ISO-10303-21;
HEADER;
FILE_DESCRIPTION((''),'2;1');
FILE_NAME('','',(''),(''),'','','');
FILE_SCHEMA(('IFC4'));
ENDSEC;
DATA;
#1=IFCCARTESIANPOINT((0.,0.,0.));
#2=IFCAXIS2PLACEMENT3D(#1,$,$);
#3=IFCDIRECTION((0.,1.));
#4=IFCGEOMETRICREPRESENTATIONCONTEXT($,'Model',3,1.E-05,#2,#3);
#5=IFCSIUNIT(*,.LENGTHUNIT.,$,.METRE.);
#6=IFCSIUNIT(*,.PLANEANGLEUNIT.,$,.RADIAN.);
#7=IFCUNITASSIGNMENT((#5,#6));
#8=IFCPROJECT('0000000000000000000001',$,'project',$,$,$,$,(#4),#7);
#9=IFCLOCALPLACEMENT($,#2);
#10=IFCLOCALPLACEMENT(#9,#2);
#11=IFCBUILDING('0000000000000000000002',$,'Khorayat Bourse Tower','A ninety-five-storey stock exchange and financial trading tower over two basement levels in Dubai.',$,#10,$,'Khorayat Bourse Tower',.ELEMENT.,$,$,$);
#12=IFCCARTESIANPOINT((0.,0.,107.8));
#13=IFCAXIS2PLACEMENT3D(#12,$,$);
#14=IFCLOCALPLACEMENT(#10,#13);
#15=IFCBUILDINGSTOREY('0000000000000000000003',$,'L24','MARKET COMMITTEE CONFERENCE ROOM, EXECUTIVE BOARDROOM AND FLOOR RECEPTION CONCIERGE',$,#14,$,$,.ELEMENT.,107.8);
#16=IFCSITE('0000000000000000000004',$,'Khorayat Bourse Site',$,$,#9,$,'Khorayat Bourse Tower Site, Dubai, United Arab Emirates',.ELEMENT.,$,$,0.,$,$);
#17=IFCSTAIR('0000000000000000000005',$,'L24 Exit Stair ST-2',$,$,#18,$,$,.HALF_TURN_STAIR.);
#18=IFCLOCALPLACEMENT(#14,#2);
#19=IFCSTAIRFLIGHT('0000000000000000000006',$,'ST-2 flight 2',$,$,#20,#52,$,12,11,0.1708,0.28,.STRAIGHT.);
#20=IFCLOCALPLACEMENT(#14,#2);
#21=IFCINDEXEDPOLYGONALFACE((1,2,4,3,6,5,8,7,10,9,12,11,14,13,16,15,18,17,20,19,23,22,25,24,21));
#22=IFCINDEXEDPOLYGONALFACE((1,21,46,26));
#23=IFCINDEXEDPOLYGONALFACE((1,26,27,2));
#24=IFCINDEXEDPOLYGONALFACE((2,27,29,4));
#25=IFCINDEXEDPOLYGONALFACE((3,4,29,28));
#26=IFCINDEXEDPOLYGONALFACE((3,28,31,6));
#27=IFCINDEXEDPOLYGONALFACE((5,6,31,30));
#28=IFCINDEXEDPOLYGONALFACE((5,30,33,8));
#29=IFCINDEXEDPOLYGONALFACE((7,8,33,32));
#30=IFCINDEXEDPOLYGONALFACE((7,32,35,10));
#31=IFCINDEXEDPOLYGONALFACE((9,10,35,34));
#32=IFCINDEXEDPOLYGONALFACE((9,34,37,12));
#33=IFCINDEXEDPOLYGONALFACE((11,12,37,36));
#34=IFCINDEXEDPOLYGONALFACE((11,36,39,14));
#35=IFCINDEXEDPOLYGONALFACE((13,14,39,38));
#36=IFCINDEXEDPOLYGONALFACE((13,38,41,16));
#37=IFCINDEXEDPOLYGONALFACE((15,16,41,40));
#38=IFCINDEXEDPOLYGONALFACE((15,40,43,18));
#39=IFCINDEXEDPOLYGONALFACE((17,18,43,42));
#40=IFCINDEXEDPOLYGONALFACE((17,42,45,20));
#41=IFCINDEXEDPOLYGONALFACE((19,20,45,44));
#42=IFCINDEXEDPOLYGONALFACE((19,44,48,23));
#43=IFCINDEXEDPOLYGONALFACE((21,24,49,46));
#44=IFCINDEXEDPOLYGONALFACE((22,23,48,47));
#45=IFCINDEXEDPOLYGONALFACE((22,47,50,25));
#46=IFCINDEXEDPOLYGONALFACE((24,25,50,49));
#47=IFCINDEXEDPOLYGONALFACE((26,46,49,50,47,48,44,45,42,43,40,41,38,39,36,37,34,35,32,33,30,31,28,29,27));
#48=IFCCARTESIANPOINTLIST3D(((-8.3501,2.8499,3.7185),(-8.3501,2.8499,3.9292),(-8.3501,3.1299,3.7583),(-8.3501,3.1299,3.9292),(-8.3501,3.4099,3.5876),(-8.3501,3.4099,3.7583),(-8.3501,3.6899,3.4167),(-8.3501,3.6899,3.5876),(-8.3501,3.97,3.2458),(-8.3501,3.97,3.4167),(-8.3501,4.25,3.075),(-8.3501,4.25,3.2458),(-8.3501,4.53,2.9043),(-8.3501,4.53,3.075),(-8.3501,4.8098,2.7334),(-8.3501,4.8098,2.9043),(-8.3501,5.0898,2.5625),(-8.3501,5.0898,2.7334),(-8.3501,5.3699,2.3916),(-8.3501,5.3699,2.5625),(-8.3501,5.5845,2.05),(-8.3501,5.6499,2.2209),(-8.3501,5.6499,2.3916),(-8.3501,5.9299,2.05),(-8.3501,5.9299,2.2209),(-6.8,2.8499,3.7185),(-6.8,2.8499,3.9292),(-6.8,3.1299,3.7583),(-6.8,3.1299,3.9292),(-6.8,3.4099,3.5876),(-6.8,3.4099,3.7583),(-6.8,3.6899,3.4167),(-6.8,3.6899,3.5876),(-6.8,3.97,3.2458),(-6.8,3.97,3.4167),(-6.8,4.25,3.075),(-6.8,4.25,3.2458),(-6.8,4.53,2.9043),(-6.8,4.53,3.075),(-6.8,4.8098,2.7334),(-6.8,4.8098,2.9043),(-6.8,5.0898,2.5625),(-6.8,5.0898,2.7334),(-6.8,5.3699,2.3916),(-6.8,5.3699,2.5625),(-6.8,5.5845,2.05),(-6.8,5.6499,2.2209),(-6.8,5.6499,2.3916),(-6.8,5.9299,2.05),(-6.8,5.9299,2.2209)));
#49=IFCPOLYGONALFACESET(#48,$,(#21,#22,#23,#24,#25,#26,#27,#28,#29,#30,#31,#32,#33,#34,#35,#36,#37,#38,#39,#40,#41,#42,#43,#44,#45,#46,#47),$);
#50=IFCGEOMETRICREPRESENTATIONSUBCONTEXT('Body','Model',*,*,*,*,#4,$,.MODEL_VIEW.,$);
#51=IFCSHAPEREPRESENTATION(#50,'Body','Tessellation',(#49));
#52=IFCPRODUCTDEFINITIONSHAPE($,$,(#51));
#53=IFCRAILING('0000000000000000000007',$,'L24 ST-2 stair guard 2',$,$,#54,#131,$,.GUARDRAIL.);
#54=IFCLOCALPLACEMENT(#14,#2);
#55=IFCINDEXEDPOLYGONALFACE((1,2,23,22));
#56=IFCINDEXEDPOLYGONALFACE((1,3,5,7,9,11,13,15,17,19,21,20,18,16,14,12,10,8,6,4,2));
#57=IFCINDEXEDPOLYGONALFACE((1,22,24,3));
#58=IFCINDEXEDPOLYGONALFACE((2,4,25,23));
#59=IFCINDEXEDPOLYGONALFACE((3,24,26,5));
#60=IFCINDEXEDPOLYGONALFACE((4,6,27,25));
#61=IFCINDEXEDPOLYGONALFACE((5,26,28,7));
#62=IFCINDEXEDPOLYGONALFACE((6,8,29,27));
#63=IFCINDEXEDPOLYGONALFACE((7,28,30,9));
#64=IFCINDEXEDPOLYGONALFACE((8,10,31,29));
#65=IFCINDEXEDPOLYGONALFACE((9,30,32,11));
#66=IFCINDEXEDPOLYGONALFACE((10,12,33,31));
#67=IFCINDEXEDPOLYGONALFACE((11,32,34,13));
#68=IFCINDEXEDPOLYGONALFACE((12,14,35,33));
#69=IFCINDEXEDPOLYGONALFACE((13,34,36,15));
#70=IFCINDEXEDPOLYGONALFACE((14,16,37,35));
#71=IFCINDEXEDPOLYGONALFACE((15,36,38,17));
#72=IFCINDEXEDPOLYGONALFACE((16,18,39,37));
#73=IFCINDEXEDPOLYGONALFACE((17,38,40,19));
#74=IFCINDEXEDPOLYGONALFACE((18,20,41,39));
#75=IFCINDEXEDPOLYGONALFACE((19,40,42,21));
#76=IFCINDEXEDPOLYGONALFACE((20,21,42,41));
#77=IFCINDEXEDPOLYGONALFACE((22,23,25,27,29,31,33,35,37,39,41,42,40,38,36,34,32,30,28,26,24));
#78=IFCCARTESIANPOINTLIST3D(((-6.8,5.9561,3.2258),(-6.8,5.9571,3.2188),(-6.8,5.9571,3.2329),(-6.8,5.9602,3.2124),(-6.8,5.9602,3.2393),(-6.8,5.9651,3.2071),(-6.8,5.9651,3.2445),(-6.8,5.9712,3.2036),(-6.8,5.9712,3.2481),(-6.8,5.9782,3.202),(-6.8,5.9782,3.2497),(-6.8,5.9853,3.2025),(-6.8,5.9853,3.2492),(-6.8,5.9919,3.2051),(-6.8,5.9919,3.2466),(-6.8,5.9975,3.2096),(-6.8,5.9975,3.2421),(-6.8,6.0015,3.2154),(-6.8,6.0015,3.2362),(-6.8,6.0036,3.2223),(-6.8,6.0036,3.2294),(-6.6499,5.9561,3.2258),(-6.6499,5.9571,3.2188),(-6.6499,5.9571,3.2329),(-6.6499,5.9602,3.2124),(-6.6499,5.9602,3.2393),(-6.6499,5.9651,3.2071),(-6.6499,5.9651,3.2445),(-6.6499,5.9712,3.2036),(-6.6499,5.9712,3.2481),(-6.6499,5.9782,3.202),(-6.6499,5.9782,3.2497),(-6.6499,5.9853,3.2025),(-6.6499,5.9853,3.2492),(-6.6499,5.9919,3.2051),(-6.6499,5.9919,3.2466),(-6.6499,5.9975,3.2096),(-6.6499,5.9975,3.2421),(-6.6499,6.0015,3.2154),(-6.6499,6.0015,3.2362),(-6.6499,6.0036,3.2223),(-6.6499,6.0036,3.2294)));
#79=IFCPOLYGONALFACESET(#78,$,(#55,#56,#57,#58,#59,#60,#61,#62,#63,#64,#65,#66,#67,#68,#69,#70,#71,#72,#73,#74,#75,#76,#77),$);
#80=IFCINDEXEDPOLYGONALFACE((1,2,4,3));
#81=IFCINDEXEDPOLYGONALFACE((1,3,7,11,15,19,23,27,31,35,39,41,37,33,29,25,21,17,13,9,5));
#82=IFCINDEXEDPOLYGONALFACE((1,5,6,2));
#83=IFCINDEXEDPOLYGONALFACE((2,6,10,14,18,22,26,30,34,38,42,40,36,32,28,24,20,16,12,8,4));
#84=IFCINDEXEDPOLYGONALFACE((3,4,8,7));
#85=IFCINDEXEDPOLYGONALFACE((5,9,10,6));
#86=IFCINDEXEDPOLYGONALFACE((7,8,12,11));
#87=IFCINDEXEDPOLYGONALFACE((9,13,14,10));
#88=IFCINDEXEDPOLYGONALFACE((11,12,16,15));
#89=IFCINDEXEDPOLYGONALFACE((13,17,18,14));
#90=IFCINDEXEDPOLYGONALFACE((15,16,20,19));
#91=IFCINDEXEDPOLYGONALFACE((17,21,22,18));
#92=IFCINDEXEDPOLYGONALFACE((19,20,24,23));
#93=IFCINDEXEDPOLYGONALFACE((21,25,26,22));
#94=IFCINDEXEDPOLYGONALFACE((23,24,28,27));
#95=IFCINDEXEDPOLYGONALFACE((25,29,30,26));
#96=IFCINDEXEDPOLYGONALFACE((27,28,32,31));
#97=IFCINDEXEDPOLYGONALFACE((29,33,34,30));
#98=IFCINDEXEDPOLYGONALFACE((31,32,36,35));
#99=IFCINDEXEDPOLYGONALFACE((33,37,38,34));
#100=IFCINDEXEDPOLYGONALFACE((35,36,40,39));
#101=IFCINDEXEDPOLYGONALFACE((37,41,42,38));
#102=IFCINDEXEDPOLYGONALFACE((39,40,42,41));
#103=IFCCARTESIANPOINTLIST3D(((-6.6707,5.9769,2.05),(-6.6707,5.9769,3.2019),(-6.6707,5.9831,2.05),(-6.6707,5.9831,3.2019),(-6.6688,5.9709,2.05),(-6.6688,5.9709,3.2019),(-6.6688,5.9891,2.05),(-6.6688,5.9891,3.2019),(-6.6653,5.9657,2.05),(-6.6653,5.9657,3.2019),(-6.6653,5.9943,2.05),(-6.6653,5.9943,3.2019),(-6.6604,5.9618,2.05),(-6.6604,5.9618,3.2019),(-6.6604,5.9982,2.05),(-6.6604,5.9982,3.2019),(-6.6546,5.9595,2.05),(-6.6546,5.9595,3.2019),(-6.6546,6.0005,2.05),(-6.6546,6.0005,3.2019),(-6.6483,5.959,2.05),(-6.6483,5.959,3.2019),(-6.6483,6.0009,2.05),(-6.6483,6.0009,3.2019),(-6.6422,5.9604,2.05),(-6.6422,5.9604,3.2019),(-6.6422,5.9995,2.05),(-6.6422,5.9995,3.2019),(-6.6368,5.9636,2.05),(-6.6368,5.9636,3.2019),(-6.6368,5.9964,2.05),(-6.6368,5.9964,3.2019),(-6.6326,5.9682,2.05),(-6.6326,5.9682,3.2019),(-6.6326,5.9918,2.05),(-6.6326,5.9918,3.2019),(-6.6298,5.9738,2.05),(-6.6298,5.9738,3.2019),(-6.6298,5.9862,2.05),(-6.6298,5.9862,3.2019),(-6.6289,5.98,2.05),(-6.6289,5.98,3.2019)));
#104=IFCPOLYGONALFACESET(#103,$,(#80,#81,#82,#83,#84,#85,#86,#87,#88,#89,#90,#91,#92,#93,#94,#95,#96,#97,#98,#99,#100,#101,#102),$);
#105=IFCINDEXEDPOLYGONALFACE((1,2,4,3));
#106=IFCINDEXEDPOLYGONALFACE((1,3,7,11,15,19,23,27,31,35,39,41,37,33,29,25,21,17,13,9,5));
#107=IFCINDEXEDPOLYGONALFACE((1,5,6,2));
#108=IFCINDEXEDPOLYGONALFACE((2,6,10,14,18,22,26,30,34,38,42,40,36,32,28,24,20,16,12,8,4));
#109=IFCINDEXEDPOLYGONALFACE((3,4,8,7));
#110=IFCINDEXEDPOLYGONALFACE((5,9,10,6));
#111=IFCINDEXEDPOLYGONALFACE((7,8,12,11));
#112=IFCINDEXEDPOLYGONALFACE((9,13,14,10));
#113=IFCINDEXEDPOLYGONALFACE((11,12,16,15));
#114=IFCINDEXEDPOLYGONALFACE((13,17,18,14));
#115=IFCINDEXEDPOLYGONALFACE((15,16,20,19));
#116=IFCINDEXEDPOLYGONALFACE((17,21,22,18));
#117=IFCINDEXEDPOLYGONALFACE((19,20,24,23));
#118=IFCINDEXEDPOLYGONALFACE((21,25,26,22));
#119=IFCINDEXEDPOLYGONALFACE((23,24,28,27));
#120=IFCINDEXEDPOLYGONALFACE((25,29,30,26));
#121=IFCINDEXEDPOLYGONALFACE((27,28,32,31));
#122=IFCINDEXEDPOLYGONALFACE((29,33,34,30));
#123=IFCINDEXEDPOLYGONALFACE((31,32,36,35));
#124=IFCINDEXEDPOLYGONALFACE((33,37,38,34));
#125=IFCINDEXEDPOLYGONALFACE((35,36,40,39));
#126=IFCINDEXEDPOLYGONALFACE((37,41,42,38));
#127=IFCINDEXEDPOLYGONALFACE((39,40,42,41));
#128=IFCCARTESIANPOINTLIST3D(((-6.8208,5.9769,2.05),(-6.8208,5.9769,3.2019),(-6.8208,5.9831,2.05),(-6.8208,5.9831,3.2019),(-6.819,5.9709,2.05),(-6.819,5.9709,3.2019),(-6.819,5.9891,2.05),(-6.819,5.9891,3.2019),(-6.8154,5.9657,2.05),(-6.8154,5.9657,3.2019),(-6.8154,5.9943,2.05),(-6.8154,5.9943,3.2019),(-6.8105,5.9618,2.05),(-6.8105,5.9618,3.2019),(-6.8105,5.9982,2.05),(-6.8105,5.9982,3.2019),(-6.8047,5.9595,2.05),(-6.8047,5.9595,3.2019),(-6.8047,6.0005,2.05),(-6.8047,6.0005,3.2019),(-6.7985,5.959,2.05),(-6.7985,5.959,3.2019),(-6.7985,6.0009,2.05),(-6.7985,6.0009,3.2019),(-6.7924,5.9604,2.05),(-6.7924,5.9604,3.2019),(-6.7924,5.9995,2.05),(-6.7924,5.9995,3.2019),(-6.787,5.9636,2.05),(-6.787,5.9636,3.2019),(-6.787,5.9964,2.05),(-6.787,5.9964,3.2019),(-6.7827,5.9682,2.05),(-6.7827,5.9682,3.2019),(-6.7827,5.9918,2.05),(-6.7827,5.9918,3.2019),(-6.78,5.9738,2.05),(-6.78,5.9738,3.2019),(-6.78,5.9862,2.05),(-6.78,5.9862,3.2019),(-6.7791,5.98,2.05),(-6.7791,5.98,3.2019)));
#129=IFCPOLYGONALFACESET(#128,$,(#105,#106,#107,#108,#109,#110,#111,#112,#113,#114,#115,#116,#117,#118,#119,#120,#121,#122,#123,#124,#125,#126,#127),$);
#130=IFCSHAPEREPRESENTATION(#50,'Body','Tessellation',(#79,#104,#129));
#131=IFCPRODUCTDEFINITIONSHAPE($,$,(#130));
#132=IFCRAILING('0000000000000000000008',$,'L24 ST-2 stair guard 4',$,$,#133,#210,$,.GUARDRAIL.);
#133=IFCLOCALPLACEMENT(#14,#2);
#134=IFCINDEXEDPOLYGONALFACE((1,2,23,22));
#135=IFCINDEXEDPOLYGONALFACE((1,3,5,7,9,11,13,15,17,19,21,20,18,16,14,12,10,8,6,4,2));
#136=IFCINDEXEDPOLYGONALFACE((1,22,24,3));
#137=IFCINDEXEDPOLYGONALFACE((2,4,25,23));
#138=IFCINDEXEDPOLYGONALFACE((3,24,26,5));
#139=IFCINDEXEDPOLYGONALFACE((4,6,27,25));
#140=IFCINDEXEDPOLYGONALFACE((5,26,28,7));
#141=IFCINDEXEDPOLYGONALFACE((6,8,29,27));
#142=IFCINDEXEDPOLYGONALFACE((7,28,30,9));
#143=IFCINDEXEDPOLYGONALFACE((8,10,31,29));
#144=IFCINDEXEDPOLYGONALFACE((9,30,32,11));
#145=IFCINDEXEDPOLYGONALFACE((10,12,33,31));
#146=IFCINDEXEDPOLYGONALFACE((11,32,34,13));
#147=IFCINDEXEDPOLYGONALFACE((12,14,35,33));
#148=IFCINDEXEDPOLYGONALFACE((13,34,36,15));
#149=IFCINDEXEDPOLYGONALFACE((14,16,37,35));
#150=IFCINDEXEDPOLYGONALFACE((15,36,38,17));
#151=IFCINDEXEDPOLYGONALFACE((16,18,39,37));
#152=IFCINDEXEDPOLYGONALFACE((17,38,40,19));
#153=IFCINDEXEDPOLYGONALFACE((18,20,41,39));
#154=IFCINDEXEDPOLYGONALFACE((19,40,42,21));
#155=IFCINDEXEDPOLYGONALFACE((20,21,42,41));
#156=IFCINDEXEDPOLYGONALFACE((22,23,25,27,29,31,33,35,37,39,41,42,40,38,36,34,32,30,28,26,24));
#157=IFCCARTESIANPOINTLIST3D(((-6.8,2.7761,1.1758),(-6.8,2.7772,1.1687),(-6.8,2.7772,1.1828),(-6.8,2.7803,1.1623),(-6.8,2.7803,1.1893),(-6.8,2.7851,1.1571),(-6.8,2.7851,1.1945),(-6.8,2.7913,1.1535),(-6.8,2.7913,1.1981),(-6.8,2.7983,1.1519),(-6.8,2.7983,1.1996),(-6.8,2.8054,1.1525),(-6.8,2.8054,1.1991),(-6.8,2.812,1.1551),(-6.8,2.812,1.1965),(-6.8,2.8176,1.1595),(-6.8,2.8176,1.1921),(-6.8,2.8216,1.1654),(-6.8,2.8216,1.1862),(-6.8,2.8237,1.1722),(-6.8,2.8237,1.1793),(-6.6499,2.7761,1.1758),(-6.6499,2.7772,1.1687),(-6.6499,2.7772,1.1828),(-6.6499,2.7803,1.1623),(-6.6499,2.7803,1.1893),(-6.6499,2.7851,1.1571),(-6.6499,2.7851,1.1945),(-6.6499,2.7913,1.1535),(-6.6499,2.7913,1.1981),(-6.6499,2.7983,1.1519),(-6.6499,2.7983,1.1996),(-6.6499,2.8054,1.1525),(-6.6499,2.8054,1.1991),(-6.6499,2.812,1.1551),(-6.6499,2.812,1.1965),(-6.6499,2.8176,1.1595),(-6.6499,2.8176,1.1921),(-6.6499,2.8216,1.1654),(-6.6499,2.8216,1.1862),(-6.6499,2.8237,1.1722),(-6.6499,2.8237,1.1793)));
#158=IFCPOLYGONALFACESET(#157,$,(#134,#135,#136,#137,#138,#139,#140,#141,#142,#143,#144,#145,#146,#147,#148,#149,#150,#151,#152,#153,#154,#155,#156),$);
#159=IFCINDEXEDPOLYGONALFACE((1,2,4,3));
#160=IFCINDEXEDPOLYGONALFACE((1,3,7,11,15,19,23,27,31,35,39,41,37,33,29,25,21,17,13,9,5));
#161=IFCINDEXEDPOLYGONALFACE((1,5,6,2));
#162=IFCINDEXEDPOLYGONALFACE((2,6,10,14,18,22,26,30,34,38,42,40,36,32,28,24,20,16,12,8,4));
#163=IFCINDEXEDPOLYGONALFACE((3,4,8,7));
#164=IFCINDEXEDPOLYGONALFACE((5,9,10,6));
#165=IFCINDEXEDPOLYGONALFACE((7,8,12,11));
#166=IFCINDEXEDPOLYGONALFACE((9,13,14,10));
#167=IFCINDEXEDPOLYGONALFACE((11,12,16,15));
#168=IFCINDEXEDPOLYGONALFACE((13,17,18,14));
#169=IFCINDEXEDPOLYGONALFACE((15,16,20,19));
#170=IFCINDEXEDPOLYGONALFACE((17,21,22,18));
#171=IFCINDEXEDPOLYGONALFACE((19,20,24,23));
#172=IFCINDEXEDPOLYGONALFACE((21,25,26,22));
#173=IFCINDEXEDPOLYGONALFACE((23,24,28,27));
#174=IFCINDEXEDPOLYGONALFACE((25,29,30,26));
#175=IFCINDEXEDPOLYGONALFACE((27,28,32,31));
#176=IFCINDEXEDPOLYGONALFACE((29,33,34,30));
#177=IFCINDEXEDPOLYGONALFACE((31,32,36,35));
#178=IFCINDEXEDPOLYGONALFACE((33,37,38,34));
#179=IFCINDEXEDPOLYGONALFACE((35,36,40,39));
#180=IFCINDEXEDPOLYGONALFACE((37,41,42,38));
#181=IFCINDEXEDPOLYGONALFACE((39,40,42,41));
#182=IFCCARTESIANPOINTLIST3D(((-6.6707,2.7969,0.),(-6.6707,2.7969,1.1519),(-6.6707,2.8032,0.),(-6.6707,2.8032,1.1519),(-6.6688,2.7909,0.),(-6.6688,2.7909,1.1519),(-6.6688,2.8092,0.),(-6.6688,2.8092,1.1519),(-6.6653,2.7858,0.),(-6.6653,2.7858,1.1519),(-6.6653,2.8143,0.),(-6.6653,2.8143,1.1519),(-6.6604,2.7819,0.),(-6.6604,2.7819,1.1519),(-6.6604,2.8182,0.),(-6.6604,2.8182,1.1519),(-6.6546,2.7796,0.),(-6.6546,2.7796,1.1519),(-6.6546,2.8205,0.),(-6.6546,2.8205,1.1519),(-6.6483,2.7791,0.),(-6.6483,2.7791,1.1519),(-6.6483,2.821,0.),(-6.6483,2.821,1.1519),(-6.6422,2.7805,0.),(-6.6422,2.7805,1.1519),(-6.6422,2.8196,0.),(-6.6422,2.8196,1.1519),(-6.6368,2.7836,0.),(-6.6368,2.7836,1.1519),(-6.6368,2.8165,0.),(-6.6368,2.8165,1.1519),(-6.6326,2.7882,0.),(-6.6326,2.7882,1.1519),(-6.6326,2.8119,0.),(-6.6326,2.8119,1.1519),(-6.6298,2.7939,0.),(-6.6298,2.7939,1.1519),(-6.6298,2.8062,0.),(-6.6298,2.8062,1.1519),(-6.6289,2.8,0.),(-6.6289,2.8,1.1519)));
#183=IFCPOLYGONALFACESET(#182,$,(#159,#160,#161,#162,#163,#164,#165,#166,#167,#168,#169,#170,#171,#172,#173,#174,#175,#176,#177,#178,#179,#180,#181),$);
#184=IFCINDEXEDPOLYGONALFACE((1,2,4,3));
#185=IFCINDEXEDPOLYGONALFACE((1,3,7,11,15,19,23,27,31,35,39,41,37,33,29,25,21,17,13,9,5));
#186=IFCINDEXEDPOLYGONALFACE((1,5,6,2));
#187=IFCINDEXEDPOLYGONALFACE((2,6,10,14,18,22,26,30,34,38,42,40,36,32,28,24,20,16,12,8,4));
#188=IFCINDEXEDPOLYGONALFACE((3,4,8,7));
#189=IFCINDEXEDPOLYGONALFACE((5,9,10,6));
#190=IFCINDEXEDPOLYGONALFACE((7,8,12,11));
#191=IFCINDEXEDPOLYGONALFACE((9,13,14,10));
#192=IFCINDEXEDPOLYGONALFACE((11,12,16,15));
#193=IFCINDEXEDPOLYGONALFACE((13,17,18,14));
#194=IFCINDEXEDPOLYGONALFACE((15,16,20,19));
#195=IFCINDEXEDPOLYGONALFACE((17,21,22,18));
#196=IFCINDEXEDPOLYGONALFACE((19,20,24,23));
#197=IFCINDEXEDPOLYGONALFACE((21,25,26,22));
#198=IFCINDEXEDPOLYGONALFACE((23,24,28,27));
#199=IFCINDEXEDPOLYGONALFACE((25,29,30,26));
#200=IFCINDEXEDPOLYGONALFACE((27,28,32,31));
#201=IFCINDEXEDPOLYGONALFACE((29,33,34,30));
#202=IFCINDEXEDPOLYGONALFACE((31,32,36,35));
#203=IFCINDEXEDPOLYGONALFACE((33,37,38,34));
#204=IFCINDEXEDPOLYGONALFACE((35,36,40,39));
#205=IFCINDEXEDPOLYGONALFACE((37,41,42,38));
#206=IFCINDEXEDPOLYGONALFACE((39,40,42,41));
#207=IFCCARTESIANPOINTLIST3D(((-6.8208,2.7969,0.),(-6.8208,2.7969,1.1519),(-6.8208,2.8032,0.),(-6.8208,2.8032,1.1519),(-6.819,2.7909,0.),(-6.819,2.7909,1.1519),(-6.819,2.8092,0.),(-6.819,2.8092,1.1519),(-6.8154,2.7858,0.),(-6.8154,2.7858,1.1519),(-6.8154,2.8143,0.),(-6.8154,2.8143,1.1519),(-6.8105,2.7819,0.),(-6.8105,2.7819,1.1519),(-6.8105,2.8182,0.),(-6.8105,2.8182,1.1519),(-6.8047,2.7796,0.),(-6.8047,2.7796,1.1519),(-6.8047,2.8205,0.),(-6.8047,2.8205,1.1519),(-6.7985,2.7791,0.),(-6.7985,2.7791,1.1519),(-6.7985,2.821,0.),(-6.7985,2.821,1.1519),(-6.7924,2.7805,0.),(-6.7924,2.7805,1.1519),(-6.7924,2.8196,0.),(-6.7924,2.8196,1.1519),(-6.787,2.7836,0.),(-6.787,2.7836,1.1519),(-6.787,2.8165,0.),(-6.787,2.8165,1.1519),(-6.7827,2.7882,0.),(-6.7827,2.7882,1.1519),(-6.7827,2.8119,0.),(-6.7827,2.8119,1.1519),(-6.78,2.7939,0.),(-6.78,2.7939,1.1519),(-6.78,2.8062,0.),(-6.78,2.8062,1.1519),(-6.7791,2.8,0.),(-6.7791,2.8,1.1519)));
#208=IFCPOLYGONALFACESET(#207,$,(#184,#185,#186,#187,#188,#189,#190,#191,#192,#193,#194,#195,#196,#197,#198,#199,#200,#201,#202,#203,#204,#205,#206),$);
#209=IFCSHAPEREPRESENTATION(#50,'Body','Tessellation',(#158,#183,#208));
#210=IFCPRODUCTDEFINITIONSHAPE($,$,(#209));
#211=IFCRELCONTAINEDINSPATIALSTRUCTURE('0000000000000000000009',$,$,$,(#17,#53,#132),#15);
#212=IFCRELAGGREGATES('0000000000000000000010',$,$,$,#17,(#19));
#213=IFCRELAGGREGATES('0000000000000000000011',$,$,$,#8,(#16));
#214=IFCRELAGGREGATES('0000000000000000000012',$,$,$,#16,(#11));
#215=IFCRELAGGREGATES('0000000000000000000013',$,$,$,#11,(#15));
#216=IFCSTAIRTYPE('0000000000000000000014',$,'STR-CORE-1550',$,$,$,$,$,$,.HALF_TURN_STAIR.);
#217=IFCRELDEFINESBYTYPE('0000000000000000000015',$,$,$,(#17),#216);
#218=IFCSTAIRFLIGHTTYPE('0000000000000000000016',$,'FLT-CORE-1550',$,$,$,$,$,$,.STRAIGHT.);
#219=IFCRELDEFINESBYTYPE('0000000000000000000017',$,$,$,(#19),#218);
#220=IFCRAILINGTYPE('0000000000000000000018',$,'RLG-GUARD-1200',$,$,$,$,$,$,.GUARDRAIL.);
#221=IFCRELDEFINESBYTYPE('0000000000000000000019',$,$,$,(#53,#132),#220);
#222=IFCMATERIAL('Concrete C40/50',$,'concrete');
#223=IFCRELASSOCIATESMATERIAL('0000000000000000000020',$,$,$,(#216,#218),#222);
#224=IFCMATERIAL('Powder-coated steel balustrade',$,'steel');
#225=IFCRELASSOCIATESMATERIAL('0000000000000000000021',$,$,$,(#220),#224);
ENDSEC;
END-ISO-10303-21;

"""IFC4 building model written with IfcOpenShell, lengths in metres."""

from ifc_helpers import new_model, si_unit, direction, frame, origin, origin_2d, place, context, subcontext, project, spatial, polyline, circle, outline, extrude, source, transform, mapped, material, type_object, element, aggregate, save


model = new_model("IFC4")

# Units and contexts
model_context = context("Model", 3, precision=1e-05, world=origin(), true_north=direction((0.0, 1.0)))
body_context = subcontext(model_context, "Body", "Model", "MODEL_VIEW")
ifc_project = project(units=[si_unit("LENGTHUNIT", "METRE"), si_unit("PLANEANGLEUNIT", "RADIAN")], contexts=[model_context])

# Site, building, storey
site_placement = place(None, origin())
site = spatial("IfcSite", under=ifc_project, at=site_placement, Name="Khorayat Bourse Site", LongName="Khorayat Bourse Tower Site, Dubai, United Arab Emirates", CompositionType="ELEMENT", RefElevation=0.0)
building_placement = place(site_placement, origin())
building = spatial("IfcBuilding", under=site, at=building_placement, Name="Khorayat Bourse Tower", Description="A ninety-five-storey stock exchange and financial trading tower over two basement levels in Dubai.", LongName="Khorayat Bourse Tower", CompositionType="ELEMENT")
storey_placement = place(building_placement, frame((0.0, 0.0, 107.8)))
storey = spatial("IfcBuildingStorey", under=building, at=storey_placement, Name="L24", Description="MARKET COMMITTEE CONFERENCE ROOM, EXECUTIVE BOARDROOM AND FLOOR RECEPTION CONCIERGE", CompositionType="ELEMENT", Elevation=107.8)

# Stair, stair flight
ifc_material_1 = material(Name="Concrete C40/50", Category="concrete")
stair_type = type_object("IfcStairType", Name="STR-CORE-1550", PredefinedType="HALF_TURN_STAIR", material=ifc_material_1)
stair_placement = place(storey_placement, origin())
stair = element("IfcStair", 1, at=stair_placement, inside=storey, type_object=stair_type, Name="L24 Exit Stair ST-2", PredefinedType="HALF_TURN_STAIR")
stair_flight_type = type_object("IfcStairFlightType", Name="FLT-CORE-1550", PredefinedType="STRAIGHT", material=ifc_material_1)
shared_shape_1 = source(origin(), body_context, "Body", "SweptSolid", [
    extrude(outline(polyline([(0.0, 0.0), (0.0, 0.1709), (0.28, 0.1709), (0.28, 0.3416), (0.5601, 0.3416), (0.5601, 0.5125), (0.8401, 0.5125), (0.8401, 0.6833), (1.1201, 0.6833), (1.1201, 0.8542), (1.3999, 0.8542), (1.3999, 1.0249), (1.6799, 1.0249), (1.6799, 1.1958), (1.96, 1.1958), (1.96, 1.3667), (2.24, 1.3667), (2.24, 1.5376), (2.52, 1.5376), (2.52, 1.7083), (2.8, 1.7083), (2.8, 1.8792), (3.0801, 1.8792), (3.0801, 2.05), (3.0801, 1.6685), (0.3455, 0.0), (0.0, 0.0)])), frame((0.0, 0.7749, 0.0), z_axis=(0.0, -1.0, 0.0), x_axis=(1.0, 0.0, 0.0)), (0.0, 0.0, 1.0), 1.55),
])
stair_flight_1_placement = place(storey_placement, frame((-7.575, 5.9299, 2.05), z_axis=(0.0, 0.0, 1.0), x_axis=(0.0, -1.0, 0.0)))
stair_flight_1 = element("IfcStairFlight", 2, at=stair_flight_1_placement, type_object=stair_flight_type, Name="ST-2 flight 2", NumberOfRisers=12, NumberOfTreads=11, PredefinedType="STRAIGHT", RiserHeight=0.1708, TreadLength=0.28, context=body_context, shape_type="MappedRepresentation", body=[
    mapped(shared_shape_1, transform((0.0, 0.0, 0.0), scale=1.0)),
])
aggregate(stair, [stair_flight_1])

# Railings
ifc_material_2 = material(Name="Powder-coated steel balustrade", Category="steel")
railing_type_1 = type_object("IfcRailingType", Name="RLG-GUARD-1200", PredefinedType="GUARDRAIL", material=ifc_material_2)
shared_shape_2 = source(origin(), body_context, "Body", "SweptSolid", [
    extrude(circle(Radius=0.0239, at=origin_2d()), frame((0.0, 0.0, 1.1758), z_axis=(-1.0, 0.0, 0.0), x_axis=(0.0, -1.0, 0.0)), (0.0, 0.0, 1.0), 0.1501),
    extrude(circle(Radius=0.021, at=origin_2d()), origin(), (0.0, 0.0, 1.0), 1.1519),
    extrude(circle(Radius=0.021, at=origin_2d()), frame((-0.1501, 0.0, 0.0)), (0.0, 0.0, 1.0), 1.1519),
])
for number, where, name in (
    (3, (-6.6499, 5.98, 2.05), "L24 ST-2 stair guard 2"),
    (4, (-6.6499, 2.8, 0.0), "L24 ST-2 stair guard 4"),
):
    element("IfcRailing", number, at=place(storey_placement, frame(where)), inside=storey, type_object=railing_type_1, Name=name, PredefinedType="GUARDRAIL", context=body_context, shape_type="MappedRepresentation", body=[
        mapped(shared_shape_2, transform((0.0, 0.0, 0.0), scale=1.0)),
    ])

save(model, "model.ifc")
